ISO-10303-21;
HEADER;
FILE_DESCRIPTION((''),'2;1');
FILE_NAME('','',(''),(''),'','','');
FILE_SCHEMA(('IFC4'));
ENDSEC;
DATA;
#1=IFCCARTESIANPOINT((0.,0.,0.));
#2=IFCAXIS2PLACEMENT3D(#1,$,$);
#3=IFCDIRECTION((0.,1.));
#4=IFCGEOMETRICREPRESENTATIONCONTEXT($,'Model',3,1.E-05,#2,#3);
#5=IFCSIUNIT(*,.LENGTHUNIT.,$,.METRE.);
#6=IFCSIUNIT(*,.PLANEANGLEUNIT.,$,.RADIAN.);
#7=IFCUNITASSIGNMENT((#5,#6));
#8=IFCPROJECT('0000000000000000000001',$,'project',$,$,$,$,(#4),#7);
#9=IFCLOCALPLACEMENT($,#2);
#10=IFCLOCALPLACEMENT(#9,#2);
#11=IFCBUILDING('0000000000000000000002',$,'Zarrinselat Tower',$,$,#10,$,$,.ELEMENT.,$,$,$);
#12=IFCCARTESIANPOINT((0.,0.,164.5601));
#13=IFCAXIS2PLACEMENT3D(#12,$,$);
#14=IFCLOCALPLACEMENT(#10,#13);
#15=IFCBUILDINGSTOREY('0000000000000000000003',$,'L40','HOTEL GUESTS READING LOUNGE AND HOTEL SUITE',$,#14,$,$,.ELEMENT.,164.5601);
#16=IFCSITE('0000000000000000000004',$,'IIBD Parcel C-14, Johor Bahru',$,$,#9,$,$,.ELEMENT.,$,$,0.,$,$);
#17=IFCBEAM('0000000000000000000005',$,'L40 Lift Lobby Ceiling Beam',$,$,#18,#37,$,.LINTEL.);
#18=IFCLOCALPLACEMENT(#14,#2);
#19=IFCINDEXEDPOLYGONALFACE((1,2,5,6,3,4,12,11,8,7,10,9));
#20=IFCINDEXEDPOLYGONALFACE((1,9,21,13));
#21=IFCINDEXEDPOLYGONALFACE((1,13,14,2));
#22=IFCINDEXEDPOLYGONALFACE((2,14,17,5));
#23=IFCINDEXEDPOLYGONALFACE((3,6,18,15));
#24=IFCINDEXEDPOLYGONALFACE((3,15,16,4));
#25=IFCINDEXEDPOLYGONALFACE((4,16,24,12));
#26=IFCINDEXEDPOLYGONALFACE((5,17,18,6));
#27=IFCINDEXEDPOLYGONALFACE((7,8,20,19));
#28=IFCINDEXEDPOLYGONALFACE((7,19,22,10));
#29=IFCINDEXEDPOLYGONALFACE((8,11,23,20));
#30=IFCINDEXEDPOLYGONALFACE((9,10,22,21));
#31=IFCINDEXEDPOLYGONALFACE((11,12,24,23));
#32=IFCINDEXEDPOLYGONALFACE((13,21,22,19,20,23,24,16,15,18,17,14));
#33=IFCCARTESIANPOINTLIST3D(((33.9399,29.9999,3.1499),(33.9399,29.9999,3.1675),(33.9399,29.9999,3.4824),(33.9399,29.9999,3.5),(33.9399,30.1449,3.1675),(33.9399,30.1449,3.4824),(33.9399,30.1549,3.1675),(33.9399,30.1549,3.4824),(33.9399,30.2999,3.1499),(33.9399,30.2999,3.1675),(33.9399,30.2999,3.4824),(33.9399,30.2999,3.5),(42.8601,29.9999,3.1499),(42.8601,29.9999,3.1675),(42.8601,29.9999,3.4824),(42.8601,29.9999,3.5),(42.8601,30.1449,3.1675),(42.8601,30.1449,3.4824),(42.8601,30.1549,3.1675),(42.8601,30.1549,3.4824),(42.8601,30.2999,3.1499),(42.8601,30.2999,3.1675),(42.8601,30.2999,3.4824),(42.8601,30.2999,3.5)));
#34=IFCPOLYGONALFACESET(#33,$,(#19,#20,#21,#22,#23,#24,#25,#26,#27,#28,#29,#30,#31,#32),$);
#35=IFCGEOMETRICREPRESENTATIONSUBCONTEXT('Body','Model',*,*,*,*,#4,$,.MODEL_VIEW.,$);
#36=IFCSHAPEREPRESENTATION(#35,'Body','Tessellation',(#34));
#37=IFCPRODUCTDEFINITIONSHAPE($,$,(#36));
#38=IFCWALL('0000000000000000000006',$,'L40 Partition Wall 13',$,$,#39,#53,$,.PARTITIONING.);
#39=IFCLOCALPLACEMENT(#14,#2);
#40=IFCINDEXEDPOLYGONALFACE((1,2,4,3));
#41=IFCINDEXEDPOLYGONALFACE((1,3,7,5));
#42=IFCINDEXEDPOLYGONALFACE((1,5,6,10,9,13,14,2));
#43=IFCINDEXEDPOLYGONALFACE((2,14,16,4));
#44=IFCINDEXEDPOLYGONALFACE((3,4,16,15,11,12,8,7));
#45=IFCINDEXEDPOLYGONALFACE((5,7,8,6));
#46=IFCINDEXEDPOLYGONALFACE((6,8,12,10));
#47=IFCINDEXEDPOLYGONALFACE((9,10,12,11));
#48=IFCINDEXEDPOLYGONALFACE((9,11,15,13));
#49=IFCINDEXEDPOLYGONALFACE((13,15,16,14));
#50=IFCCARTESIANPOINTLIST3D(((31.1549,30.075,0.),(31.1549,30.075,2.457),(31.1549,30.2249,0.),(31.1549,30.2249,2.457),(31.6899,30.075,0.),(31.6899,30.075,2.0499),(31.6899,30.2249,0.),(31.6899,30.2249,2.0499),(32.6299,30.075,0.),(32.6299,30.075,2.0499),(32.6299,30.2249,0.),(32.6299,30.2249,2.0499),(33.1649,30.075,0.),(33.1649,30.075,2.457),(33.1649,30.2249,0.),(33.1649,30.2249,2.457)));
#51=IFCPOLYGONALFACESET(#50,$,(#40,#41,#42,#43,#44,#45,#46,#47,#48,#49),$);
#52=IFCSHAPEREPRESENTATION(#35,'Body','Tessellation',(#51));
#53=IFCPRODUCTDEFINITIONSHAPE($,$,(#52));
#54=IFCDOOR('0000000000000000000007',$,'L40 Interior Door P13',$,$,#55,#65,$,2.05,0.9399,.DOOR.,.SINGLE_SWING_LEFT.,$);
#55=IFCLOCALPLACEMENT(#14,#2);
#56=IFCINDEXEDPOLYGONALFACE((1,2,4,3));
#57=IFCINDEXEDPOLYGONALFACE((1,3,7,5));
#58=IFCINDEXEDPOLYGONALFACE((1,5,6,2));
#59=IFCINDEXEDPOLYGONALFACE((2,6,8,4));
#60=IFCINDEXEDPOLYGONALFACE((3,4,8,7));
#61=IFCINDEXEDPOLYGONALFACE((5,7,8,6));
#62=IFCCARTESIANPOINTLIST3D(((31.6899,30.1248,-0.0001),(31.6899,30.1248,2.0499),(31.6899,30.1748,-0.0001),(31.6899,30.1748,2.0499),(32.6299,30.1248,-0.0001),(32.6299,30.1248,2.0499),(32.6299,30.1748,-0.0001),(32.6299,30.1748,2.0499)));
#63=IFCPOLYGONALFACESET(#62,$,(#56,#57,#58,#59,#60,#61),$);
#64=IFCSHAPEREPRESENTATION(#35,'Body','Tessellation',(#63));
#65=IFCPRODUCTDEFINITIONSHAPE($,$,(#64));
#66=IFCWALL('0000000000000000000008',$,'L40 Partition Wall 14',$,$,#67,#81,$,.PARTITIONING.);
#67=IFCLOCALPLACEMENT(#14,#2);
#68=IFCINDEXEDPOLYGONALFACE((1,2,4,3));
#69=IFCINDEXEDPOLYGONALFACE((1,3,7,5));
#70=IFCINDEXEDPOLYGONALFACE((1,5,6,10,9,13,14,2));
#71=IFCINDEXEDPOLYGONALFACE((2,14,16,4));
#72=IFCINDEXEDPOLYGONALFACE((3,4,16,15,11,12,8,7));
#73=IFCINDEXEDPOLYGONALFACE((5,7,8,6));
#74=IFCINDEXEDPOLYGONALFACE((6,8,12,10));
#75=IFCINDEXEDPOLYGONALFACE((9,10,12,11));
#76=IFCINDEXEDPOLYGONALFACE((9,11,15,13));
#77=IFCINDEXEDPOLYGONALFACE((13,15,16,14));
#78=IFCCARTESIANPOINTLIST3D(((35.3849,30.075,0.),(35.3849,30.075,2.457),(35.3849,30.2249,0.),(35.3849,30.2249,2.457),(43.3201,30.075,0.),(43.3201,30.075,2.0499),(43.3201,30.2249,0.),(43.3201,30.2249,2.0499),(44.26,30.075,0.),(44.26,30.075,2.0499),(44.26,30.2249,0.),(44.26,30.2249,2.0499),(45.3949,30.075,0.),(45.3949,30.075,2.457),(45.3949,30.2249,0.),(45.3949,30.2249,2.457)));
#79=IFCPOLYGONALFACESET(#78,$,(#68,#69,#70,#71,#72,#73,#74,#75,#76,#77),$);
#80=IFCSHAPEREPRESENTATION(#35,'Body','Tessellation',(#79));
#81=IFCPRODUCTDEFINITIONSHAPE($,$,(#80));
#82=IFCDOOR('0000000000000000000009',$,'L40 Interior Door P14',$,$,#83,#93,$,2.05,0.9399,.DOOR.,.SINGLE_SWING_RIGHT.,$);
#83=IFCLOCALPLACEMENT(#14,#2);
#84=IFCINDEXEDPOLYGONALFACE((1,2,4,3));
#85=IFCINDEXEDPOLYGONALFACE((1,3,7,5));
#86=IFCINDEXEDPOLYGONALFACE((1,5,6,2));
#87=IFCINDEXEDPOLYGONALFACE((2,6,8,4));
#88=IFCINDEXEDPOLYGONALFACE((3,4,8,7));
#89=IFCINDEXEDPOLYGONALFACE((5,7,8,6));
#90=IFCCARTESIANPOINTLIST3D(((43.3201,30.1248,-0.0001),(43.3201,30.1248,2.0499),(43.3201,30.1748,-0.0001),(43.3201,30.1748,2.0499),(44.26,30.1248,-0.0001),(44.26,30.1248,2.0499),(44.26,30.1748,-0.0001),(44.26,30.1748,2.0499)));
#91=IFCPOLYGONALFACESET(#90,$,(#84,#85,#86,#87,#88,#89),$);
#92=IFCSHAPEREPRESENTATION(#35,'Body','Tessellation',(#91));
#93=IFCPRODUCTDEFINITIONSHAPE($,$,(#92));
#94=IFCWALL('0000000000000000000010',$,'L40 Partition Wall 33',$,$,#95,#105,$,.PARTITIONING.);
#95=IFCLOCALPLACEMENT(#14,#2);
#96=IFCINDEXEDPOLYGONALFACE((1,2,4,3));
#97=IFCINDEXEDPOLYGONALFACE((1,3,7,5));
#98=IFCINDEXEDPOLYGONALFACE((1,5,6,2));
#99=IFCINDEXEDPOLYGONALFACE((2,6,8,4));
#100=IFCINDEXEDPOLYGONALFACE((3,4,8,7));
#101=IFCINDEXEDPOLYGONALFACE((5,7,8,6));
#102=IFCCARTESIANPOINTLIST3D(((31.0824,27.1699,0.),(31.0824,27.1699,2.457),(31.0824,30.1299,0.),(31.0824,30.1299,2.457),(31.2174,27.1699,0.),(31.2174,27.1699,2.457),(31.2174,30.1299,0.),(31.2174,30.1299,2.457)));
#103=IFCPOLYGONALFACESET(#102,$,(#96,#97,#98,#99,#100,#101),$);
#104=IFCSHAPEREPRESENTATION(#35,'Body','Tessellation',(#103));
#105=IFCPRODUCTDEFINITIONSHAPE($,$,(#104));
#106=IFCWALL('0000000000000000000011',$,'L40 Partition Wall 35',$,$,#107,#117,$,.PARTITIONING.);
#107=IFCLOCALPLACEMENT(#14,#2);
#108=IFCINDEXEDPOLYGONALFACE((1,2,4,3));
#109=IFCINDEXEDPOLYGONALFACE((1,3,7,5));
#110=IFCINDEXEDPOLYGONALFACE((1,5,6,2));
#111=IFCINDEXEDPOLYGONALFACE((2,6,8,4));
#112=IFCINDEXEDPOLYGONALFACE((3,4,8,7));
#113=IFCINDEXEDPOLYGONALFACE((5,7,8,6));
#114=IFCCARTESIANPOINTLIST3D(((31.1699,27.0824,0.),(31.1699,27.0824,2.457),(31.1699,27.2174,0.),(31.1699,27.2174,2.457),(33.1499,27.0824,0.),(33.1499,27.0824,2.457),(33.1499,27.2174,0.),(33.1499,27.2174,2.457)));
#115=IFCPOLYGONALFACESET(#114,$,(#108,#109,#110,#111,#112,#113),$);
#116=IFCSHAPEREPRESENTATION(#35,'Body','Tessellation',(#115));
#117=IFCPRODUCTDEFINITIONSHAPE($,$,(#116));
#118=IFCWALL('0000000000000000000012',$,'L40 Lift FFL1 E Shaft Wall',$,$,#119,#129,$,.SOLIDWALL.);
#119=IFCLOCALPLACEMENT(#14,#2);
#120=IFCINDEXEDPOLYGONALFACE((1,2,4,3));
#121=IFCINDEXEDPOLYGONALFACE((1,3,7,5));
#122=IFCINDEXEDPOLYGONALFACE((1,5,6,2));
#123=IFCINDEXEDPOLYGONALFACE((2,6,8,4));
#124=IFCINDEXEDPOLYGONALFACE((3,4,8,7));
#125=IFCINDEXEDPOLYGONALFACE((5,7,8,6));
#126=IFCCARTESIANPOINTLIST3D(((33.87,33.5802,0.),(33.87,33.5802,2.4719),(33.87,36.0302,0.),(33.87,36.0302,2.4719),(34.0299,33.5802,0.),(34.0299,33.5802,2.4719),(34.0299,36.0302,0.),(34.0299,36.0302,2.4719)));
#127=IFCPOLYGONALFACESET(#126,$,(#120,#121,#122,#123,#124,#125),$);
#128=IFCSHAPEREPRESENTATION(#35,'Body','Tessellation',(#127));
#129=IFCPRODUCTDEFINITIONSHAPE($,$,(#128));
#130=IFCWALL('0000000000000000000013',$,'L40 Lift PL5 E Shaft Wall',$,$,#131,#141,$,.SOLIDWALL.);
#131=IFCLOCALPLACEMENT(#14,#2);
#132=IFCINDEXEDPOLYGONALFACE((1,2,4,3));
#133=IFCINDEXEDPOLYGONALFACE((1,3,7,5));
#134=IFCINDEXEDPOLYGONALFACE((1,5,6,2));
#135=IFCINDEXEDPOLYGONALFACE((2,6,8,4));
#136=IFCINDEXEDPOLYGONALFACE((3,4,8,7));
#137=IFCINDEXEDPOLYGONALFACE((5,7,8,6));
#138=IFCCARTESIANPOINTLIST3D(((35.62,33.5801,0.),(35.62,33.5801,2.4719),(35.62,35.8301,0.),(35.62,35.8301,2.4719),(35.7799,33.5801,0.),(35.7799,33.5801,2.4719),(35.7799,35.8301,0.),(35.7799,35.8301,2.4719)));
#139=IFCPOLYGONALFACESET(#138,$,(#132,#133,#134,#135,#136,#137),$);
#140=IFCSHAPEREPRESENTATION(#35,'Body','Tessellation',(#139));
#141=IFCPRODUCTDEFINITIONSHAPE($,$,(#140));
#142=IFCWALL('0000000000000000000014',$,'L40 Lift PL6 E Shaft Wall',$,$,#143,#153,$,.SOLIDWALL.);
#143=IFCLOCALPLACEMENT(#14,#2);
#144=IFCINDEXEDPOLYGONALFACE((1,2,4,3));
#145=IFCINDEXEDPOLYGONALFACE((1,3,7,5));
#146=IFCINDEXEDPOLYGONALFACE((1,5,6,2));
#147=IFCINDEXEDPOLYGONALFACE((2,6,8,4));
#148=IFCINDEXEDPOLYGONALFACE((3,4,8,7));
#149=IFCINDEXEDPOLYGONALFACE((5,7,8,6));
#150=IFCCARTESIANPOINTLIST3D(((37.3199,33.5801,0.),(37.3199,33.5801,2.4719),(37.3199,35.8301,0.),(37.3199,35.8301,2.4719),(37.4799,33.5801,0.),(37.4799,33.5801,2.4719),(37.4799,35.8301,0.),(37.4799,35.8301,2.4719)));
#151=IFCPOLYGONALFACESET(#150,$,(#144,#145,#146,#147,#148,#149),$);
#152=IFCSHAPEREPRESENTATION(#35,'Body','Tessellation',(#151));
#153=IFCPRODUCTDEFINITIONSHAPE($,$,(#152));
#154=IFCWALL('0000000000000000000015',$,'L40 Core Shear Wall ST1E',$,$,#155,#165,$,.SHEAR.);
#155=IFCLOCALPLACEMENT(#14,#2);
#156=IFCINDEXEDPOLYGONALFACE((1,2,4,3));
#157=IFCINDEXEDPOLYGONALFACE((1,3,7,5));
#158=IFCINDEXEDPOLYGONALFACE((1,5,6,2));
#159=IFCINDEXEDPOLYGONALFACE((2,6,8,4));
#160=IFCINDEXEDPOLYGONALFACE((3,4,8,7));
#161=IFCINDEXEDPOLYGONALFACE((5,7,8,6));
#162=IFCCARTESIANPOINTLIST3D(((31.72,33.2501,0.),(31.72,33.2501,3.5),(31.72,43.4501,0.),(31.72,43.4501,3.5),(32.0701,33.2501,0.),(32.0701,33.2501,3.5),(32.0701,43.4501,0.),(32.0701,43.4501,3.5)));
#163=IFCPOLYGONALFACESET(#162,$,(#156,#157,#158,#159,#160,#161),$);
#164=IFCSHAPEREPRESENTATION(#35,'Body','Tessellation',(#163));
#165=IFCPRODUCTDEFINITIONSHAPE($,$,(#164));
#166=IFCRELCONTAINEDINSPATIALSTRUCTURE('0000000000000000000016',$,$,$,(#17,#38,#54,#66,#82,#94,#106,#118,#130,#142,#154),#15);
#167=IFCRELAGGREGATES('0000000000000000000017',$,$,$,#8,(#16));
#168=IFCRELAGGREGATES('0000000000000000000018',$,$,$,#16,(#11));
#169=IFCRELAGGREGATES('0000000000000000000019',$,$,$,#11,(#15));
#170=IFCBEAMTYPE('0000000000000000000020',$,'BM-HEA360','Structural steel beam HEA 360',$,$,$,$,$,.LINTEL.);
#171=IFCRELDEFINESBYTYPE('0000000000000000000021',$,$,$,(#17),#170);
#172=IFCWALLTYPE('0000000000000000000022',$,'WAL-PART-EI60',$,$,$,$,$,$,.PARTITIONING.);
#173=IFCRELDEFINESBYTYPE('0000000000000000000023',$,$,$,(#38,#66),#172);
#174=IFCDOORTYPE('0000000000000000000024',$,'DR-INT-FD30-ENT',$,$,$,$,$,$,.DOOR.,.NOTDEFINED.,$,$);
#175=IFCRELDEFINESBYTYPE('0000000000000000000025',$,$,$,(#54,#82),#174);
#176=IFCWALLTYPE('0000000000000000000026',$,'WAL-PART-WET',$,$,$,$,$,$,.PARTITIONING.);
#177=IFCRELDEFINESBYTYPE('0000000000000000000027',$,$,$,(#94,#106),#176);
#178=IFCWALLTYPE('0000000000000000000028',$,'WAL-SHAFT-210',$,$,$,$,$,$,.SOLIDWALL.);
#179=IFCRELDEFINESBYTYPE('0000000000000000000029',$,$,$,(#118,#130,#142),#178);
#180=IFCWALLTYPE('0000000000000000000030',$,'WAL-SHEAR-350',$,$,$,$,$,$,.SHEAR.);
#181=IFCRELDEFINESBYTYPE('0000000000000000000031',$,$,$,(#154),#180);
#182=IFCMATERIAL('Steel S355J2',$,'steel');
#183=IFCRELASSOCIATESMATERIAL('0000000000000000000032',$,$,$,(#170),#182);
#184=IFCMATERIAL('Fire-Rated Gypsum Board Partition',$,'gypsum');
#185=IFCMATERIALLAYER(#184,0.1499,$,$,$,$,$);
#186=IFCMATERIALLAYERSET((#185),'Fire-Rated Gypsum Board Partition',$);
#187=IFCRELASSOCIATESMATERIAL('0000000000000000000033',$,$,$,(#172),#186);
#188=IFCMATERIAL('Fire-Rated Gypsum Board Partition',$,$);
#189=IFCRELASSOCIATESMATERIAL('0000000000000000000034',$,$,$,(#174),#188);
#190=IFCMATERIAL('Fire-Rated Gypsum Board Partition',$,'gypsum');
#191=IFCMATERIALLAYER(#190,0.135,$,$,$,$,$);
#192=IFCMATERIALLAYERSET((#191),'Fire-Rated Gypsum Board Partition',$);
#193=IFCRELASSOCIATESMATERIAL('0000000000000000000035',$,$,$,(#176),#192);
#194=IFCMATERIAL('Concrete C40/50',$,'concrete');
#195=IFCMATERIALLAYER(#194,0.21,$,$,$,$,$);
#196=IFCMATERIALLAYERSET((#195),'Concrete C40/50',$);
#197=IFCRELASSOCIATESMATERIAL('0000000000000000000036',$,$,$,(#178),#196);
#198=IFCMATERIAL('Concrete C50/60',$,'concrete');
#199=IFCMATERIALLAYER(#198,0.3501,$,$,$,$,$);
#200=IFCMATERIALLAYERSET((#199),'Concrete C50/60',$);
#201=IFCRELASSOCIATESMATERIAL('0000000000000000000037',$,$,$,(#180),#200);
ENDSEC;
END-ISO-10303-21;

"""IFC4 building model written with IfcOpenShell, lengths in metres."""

from ifc_helpers import new_model, si_unit, direction, frame, frame_2d, origin, origin_2d, place, context, subcontext, project, spatial, rectangle, i_section, extrude, material, layer, layer_set, material_profile, profile_set, type_object, element, fill, save


model = new_model("IFC4")

# Units and contexts
model_context = context("Model", 3, precision=1e-05, world=origin(), true_north=direction((0.0, 1.0)))
body_context = subcontext(model_context, "Body", "Model", "MODEL_VIEW")
ifc_project = project(units=[si_unit("LENGTHUNIT", "METRE"), si_unit("PLANEANGLEUNIT", "RADIAN")], contexts=[model_context])

# Site, building, storey
site_placement = place(None, origin())
site = spatial("IfcSite", under=ifc_project, at=site_placement, Name="IIBD Parcel C-14, Johor Bahru", CompositionType="ELEMENT", RefElevation=0.0)
building_placement = place(site_placement, origin())
building = spatial("IfcBuilding", under=site, at=building_placement, Name="Zarrinselat Tower", CompositionType="ELEMENT")
storey_placement = place(building_placement, frame((0.0, 0.0, 164.5601)))
storey = spatial("IfcBuildingStorey", under=building, at=storey_placement, Name="L40", Description="HOTEL GUESTS READING LOUNGE AND HOTEL SUITE", CompositionType="ELEMENT", Elevation=164.5601)

# Beam
ifc_material_1 = material(Name="Steel S355J2", Category="steel")
ifc_material_profile = material_profile(ifc_material_1, i_section(OverallWidth=0.3, OverallDepth=0.3501, WebThickness=0.01, FlangeThickness=0.0176, at=origin_2d()), Name="HEA 360")
ifc_profile_set = profile_set([ifc_material_profile], Name="Steel S355J2")
beam_type = type_object("IfcBeamType", Name="BM-HEA360", Description="Structural steel beam HEA 360", PredefinedType="LINTEL", material=ifc_profile_set)
beam_placement = place(storey_placement, frame((33.9399, 30.1499, 3.325), z_axis=(1.0, 0.0, 0.0), x_axis=(0.0, 1.0, 0.0)))
element("IfcBeam", 1, at=beam_placement, inside=storey, type_object=beam_type, Name="L40 Lift Lobby Ceiling Beam", PredefinedType="LINTEL", context=body_context, shape_type="SweptSolid", body=[
    extrude(i_section(OverallWidth=0.3, OverallDepth=0.3501, WebThickness=0.01, FlangeThickness=0.0176, at=origin_2d()), origin(), (0.0, 0.0, 1.0), 8.9202),
])

# Walls, openings, doors
ifc_material_2 = material(Name="Fire-Rated Gypsum Board Partition", Category="gypsum")
ifc_layer_1 = layer(ifc_material_2, 0.1499)
ifc_layer_set_1 = layer_set([ifc_layer_1], Name="Fire-Rated Gypsum Board Partition")
wall_type_1 = type_object("IfcWallType", Name="WAL-PART-EI60", PredefinedType="PARTITIONING", material=ifc_layer_set_1)
wall_1_placement = place(storey_placement, frame((31.155, 30.1499, 0.0), z_axis=(0.0, 0.0, 1.0), x_axis=(1.0, 0.0, 0.0)))
wall_1 = element("IfcWall", 2, at=wall_1_placement, inside=storey, type_object=wall_type_1, Name="L40 Partition Wall 13", PredefinedType="PARTITIONING", context=body_context, shape_type="SweptSolid", body=[
    extrude(rectangle(XDim=2.01, YDim=0.1499, at=frame_2d((1.0049, 0.0))), origin(), (0.0, 0.0, 1.0), 2.457),
])
opening_1_placement = place(wall_1_placement, frame((0.5349, 0.0, 0.0)))
opening_1 = element("IfcOpeningElement", 3, at=opening_1_placement, cuts=wall_1, PredefinedType="OPENING", context=body_context, shape_type="SweptSolid", body=[
    extrude(rectangle(XDim=0.9399, YDim=2.05, at=frame_2d((0.47, 1.0249))), frame((0.0, 0.085, 0.0), z_axis=(0.0, -1.0, 0.0), x_axis=(1.0, 0.0, 0.0)), (0.0, 0.0, 1.0), 0.1699),
])
ifc_material_3 = material(Name="Fire-Rated Gypsum Board Partition")
door_type = type_object("IfcDoorType", Name="DR-INT-FD30-ENT", OperationType="NOTDEFINED", PredefinedType="DOOR", material=ifc_material_3)
door_1_placement = place(opening_1_placement, origin())
door_1 = element("IfcDoor", 4, at=door_1_placement, inside=storey, type_object=door_type, Name="L40 Interior Door P13", OperationType="SINGLE_SWING_LEFT", OverallHeight=2.05, OverallWidth=0.9399, PredefinedType="DOOR", context=body_context, shape_type="SweptSolid", body=[
    extrude(rectangle(XDim=0.9399, YDim=2.05, at=frame_2d((0.47, 1.0249))), frame((0.0, 0.0249, 0.0), z_axis=(0.0, -1.0, 0.0), x_axis=(1.0, 0.0, 0.0)), (0.0, 0.0, 1.0), 0.05),
])
fill(opening_1, door_1)
wall_2_placement = place(storey_placement, frame((35.385, 30.1499, 0.0), z_axis=(0.0, 0.0, 1.0), x_axis=(1.0, 0.0, 0.0)))
wall_2 = element("IfcWall", 5, at=wall_2_placement, inside=storey, type_object=wall_type_1, Name="L40 Partition Wall 14", PredefinedType="PARTITIONING", context=body_context, shape_type="SweptSolid", body=[
    extrude(rectangle(XDim=10.01, YDim=0.1499, at=frame_2d((5.0049, 0.0))), origin(), (0.0, 0.0, 1.0), 2.457),
])
opening_2_placement = place(wall_2_placement, frame((7.9351, 0.0, 0.0)))
opening_2 = element("IfcOpeningElement", 6, at=opening_2_placement, cuts=wall_2, PredefinedType="OPENING", context=body_context, shape_type="SweptSolid", body=[
    extrude(rectangle(XDim=0.9399, YDim=2.05, at=frame_2d((0.47, 1.0249))), frame((0.0, 0.085, 0.0), z_axis=(0.0, -1.0, 0.0), x_axis=(1.0, 0.0, 0.0)), (0.0, 0.0, 1.0), 0.1699),
])
door_2_placement = place(opening_2_placement, origin())
door_2 = element("IfcDoor", 7, at=door_2_placement, inside=storey, type_object=door_type, Name="L40 Interior Door P14", OperationType="SINGLE_SWING_RIGHT", OverallHeight=2.05, OverallWidth=0.9399, PredefinedType="DOOR", context=body_context, shape_type="SweptSolid", body=[
    extrude(rectangle(XDim=0.9399, YDim=2.05, at=frame_2d((0.47, 1.0249))), frame((0.0, 0.0249, 0.0), z_axis=(0.0, -1.0, 0.0), x_axis=(1.0, 0.0, 0.0)), (0.0, 0.0, 1.0), 0.05),
])
fill(opening_2, door_2)

# Walls
ifc_material_4 = material(Name="Fire-Rated Gypsum Board Partition", Category="gypsum")
ifc_layer_2 = layer(ifc_material_4, 0.135)
ifc_layer_set_2 = layer_set([ifc_layer_2], Name="Fire-Rated Gypsum Board Partition")
wall_type_2 = type_object("IfcWallType", Name="WAL-PART-WET", PredefinedType="PARTITIONING", material=ifc_layer_set_2)
wall_3_placement = place(storey_placement, frame((31.1499, 27.1699, 0.0), z_axis=(0.0, 0.0, 1.0), x_axis=(0.0, 1.0, 0.0)))
element("IfcWall", 8, at=wall_3_placement, inside=storey, type_object=wall_type_2, Name="L40 Partition Wall 33", PredefinedType="PARTITIONING", context=body_context, shape_type="SweptSolid", body=[
    extrude(rectangle(XDim=2.96, YDim=0.135, at=frame_2d((1.48, 0.0))), origin(), (0.0, 0.0, 1.0), 2.457),
])
wall_4_placement = place(storey_placement, frame((31.1699, 27.1499, 0.0), z_axis=(0.0, 0.0, 1.0), x_axis=(1.0, 0.0, 0.0)))
element("IfcWall", 9, at=wall_4_placement, inside=storey, type_object=wall_type_2, Name="L40 Partition Wall 35", PredefinedType="PARTITIONING", context=body_context, shape_type="SweptSolid", body=[
    extrude(rectangle(XDim=1.98, YDim=0.135, at=frame_2d((0.99, 0.0))), origin(), (0.0, 0.0, 1.0), 2.457),
])
ifc_material_5 = material(Name="Concrete C40/50", Category="concrete")
ifc_layer_3 = layer(ifc_material_5, 0.21)
ifc_layer_set_3 = layer_set([ifc_layer_3], Name="Concrete C40/50")
wall_type_3 = type_object("IfcWallType", Name="WAL-SHAFT-210", PredefinedType="SOLIDWALL", material=ifc_layer_set_3)
wall_5_placement = place(storey_placement, frame((33.95, 33.5801, 0.0), z_axis=(0.0, 0.0, 1.0), x_axis=(0.0, 1.0, 0.0)))
element("IfcWall", 10, at=wall_5_placement, inside=storey, type_object=wall_type_3, Name="L40 Lift FFL1 E Shaft Wall", PredefinedType="SOLIDWALL", context=body_context, shape_type="SweptSolid", body=[
    extrude(rectangle(XDim=2.45, YDim=0.1599, at=frame_2d((1.2251, 0.0))), origin(), (0.0, 0.0, 1.0), 2.4719),
])
for number, where, z_axis, x_axis, name in (
    (11, (35.7, 33.5801, 0.0), (0.0, 0.0, 1.0), (0.0, 1.0, 0.0), "L40 Lift PL5 E Shaft Wall"),
    (12, (37.3999, 33.5801, 0.0), (0.0, 0.0, 1.0), (0.0, 1.0, 0.0), "L40 Lift PL6 E Shaft Wall"),
):
    element("IfcWall", number, at=place(storey_placement, frame(where, z_axis=z_axis, x_axis=x_axis)), inside=storey, type_object=wall_type_3, Name=name, PredefinedType="SOLIDWALL", context=body_context, shape_type="SweptSolid", body=[
        extrude(rectangle(XDim=2.25, YDim=0.1599, at=frame_2d((1.125, 0.0))), origin(), (0.0, 0.0, 1.0), 2.4719),
    ])
ifc_material_6 = material(Name="Concrete C50/60", Category="concrete")
ifc_layer_4 = layer(ifc_material_6, 0.3501)
ifc_layer_set_4 = layer_set([ifc_layer_4], Name="Concrete C50/60")
wall_type_4 = type_object("IfcWallType", Name="WAL-SHEAR-350", PredefinedType="SHEAR", material=ifc_layer_set_4)
wall_6_placement = place(storey_placement, frame((31.895, 33.25, 0.0), z_axis=(0.0, 0.0, 1.0), x_axis=(0.0, 1.0, 0.0)))
element("IfcWall", 13, at=wall_6_placement, inside=storey, type_object=wall_type_4, Name="L40 Core Shear Wall ST1E", PredefinedType="SHEAR", context=body_context, shape_type="SweptSolid", body=[
    extrude(rectangle(XDim=10.2, YDim=0.3501, at=frame_2d((5.1001, 0.0))), origin(), (0.0, 0.0, 1.0), 3.5),
])

save(model, "model.ifc")
